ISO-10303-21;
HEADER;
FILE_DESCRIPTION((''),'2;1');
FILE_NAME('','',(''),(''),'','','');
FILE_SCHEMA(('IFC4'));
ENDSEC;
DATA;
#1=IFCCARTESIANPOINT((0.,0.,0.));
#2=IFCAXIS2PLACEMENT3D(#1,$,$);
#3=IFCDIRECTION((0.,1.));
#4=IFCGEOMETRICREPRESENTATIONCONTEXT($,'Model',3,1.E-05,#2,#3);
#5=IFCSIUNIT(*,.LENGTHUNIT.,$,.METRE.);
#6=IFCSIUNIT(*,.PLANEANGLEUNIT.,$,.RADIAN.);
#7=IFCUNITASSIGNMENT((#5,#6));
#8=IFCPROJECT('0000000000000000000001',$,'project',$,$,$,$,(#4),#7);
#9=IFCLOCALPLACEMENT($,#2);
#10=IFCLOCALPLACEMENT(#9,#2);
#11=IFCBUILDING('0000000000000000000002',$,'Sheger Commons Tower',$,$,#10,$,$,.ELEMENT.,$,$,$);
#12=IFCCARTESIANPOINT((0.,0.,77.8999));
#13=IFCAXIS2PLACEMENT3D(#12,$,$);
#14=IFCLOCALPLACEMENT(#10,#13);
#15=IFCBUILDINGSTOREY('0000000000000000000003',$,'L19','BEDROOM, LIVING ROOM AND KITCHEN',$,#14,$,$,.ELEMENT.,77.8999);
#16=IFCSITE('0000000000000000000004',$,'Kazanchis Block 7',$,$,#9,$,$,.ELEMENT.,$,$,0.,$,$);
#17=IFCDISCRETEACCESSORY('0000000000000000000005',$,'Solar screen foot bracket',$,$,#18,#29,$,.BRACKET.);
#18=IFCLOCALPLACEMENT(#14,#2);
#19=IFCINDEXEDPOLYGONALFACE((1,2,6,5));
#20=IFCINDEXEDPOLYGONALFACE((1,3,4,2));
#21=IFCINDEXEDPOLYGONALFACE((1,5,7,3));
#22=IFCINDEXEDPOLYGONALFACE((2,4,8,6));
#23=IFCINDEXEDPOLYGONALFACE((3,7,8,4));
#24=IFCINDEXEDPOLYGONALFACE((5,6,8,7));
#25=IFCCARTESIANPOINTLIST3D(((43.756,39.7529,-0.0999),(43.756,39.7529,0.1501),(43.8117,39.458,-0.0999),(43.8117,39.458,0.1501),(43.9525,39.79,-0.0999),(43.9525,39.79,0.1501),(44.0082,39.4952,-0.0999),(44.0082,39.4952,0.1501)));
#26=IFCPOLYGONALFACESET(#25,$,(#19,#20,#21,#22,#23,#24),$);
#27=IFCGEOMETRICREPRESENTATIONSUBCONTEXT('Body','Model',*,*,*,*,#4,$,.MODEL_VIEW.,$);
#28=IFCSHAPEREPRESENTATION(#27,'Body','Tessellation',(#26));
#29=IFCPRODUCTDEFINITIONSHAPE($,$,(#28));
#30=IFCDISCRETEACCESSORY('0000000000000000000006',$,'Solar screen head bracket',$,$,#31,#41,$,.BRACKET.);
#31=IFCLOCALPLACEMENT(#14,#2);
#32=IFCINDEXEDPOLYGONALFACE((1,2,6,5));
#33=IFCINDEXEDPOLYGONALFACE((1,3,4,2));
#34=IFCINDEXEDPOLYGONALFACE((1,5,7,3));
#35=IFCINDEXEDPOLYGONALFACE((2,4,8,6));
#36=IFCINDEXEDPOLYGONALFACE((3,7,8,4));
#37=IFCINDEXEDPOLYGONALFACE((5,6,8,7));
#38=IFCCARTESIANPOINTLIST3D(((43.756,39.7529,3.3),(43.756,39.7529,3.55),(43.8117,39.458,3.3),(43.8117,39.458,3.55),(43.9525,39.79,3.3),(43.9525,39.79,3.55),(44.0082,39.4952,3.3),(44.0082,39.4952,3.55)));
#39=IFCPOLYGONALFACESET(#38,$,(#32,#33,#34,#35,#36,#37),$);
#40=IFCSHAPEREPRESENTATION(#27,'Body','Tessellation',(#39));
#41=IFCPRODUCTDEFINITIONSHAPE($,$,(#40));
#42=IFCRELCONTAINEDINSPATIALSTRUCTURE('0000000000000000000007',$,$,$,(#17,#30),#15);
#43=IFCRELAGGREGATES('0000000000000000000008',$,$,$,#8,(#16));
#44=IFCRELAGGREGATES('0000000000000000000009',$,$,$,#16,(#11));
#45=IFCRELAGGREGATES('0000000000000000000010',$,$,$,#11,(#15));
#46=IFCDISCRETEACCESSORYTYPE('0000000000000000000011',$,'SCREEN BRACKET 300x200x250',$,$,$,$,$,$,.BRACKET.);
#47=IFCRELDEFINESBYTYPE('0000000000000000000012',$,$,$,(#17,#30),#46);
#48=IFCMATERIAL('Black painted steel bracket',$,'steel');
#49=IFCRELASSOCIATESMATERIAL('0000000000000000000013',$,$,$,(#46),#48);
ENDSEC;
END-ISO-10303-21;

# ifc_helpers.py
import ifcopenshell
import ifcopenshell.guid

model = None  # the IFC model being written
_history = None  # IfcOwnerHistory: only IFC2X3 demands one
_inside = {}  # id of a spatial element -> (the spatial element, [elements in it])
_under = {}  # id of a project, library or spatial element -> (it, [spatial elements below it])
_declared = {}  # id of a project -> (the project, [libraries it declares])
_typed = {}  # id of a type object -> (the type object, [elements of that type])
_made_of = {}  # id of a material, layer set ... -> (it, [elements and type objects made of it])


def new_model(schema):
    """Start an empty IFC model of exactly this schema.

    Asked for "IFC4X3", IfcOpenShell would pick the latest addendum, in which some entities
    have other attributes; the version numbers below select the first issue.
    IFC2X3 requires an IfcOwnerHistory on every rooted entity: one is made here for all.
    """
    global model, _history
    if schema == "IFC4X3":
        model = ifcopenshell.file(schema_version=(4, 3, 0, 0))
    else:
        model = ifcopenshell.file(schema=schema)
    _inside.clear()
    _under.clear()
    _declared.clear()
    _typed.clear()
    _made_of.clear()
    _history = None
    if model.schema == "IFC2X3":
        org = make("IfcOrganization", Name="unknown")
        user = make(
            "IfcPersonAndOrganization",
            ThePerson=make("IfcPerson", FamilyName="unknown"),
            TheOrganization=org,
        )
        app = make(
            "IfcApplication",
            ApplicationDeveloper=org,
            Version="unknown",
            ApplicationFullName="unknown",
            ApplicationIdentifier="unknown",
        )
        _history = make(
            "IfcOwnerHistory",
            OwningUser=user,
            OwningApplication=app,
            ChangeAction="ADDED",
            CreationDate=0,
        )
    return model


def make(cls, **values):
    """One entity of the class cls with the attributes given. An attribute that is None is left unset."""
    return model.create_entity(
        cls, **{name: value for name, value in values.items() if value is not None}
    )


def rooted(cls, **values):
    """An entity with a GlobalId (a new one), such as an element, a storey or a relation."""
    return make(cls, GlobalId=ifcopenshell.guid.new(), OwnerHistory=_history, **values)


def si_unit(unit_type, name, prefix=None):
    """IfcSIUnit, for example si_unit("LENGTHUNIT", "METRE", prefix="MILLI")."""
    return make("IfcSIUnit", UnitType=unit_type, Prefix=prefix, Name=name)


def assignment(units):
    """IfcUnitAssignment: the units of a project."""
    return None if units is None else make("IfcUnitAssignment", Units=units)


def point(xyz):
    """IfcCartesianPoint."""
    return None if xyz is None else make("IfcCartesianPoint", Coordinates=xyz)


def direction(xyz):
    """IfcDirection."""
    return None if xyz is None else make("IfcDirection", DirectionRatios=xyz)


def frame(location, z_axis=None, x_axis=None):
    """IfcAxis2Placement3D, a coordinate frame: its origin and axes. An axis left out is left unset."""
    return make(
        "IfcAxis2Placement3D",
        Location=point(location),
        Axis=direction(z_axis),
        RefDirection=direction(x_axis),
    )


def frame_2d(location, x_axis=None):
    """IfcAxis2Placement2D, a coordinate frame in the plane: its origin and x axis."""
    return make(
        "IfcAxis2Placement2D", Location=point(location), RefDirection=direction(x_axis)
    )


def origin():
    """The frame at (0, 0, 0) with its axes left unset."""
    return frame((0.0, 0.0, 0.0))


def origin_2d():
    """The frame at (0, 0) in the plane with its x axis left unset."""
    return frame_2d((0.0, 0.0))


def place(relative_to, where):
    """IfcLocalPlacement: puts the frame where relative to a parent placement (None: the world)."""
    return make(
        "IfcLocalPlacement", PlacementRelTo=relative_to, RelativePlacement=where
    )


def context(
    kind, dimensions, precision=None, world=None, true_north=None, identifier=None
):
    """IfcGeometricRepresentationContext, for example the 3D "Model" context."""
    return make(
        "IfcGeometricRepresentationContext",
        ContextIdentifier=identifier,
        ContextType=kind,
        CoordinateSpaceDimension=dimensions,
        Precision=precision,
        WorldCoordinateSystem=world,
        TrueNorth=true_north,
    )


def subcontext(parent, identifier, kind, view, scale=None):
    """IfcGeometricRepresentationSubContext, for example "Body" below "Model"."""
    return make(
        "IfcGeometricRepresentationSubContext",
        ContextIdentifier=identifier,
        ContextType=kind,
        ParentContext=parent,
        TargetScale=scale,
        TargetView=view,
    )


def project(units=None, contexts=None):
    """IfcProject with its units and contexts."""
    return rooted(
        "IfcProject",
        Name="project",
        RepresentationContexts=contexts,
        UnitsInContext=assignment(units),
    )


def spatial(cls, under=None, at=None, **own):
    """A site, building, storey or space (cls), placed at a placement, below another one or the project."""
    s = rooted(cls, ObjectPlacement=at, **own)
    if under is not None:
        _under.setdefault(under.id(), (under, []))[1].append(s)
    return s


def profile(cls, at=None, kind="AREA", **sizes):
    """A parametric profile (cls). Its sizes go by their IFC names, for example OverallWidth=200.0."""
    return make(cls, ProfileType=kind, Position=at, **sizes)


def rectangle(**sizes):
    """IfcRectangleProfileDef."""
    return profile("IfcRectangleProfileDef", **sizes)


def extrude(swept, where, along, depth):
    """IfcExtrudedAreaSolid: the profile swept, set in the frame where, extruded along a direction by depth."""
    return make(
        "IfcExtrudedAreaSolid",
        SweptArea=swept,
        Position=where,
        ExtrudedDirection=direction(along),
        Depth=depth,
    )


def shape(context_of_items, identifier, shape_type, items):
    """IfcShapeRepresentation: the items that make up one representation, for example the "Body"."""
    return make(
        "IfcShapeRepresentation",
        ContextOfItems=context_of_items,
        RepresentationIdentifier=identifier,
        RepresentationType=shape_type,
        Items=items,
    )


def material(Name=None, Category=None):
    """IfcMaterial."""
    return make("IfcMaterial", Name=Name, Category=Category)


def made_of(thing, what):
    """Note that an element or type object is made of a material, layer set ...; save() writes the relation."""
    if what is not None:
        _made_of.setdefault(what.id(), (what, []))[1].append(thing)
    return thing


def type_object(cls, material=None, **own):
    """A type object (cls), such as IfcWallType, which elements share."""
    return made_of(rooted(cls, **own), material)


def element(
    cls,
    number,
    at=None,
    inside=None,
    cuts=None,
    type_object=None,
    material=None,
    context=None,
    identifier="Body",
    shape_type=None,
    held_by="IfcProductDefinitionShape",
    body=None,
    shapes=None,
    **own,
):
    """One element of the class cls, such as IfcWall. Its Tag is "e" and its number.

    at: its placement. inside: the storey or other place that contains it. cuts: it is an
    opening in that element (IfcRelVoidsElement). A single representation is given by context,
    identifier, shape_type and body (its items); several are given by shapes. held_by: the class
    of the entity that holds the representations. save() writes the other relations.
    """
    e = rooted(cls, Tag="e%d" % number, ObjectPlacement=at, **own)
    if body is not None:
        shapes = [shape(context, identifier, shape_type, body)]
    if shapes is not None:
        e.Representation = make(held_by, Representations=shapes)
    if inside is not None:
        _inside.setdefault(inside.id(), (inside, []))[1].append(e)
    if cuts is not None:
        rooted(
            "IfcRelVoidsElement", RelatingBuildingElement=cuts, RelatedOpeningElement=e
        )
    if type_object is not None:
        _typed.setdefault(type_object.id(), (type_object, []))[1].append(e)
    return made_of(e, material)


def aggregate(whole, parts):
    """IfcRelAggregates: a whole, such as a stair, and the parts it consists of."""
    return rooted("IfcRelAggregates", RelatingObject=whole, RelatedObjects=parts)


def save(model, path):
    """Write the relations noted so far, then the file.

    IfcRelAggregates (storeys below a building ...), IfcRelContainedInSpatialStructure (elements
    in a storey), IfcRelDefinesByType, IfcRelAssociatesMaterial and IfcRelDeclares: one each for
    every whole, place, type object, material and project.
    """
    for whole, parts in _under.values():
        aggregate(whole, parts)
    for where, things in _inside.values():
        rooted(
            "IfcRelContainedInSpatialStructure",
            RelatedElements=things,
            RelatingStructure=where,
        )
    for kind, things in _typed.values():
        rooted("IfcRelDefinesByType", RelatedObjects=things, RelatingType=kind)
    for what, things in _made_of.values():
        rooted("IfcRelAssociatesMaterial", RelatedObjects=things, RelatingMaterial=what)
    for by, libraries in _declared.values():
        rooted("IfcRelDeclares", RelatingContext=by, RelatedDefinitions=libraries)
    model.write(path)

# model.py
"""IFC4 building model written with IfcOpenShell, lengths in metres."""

from ifc_helpers import new_model, si_unit, direction, frame, origin, origin_2d, place, context, subcontext, project, spatial, rectangle, extrude, material, type_object, element, save


model = new_model("IFC4")

# Units and contexts
model_context = context("Model", 3, precision=1e-05, world=origin(), true_north=direction((0.0, 1.0)))
body_context = subcontext(model_context, "Body", "Model", "MODEL_VIEW")
ifc_project = project(units=[si_unit("LENGTHUNIT", "METRE"), si_unit("PLANEANGLEUNIT", "RADIAN")], contexts=[model_context])

# Site, building, storey
site_placement = place(None, origin())
site = spatial("IfcSite", under=ifc_project, at=site_placement, Name="Kazanchis Block 7", CompositionType="ELEMENT", RefElevation=0.0)
building_placement = place(site_placement, origin())
building = spatial("IfcBuilding", under=site, at=building_placement, Name="Sheger Commons Tower", CompositionType="ELEMENT")
storey_placement = place(building_placement, frame((0.0, 0.0, 77.8999)))
storey = spatial("IfcBuildingStorey", under=building, at=storey_placement, Name="L19", Description="BEDROOM, LIVING ROOM AND KITCHEN", CompositionType="ELEMENT", Elevation=77.8999)

# Discrete accessories
ifc_material_1 = material(Name="Black painted steel bracket", Category="steel")
discrete_accessory_type = type_object("IfcDiscreteAccessoryType", Name="SCREEN BRACKET 300x200x250", PredefinedType="BRACKET", material=ifc_material_1)
for number, where, z_axis, x_axis, name in (
    (1, (43.8821, 39.624, -0.0999), (0.0, 0.0, 1.0), (-0.185615, 0.982623, 0.0), "Solar screen foot bracket"),
    (2, (43.8821, 39.624, 3.3), (0.0, 0.0, 1.0), (-0.185615, 0.982623, 0.0), "Solar screen head bracket"),
):
    element("IfcDiscreteAccessory", number, at=place(storey_placement, frame(where, z_axis=z_axis, x_axis=x_axis)), inside=storey, type_object=discrete_accessory_type, Name=name, PredefinedType="BRACKET", context=body_context, shape_type="SweptSolid", body=[
        extrude(rectangle(XDim=0.3, YDim=0.2, at=origin_2d()), origin(), (0.0, 0.0, 1.0), 0.25),
    ])

save(model, "model.ifc")
